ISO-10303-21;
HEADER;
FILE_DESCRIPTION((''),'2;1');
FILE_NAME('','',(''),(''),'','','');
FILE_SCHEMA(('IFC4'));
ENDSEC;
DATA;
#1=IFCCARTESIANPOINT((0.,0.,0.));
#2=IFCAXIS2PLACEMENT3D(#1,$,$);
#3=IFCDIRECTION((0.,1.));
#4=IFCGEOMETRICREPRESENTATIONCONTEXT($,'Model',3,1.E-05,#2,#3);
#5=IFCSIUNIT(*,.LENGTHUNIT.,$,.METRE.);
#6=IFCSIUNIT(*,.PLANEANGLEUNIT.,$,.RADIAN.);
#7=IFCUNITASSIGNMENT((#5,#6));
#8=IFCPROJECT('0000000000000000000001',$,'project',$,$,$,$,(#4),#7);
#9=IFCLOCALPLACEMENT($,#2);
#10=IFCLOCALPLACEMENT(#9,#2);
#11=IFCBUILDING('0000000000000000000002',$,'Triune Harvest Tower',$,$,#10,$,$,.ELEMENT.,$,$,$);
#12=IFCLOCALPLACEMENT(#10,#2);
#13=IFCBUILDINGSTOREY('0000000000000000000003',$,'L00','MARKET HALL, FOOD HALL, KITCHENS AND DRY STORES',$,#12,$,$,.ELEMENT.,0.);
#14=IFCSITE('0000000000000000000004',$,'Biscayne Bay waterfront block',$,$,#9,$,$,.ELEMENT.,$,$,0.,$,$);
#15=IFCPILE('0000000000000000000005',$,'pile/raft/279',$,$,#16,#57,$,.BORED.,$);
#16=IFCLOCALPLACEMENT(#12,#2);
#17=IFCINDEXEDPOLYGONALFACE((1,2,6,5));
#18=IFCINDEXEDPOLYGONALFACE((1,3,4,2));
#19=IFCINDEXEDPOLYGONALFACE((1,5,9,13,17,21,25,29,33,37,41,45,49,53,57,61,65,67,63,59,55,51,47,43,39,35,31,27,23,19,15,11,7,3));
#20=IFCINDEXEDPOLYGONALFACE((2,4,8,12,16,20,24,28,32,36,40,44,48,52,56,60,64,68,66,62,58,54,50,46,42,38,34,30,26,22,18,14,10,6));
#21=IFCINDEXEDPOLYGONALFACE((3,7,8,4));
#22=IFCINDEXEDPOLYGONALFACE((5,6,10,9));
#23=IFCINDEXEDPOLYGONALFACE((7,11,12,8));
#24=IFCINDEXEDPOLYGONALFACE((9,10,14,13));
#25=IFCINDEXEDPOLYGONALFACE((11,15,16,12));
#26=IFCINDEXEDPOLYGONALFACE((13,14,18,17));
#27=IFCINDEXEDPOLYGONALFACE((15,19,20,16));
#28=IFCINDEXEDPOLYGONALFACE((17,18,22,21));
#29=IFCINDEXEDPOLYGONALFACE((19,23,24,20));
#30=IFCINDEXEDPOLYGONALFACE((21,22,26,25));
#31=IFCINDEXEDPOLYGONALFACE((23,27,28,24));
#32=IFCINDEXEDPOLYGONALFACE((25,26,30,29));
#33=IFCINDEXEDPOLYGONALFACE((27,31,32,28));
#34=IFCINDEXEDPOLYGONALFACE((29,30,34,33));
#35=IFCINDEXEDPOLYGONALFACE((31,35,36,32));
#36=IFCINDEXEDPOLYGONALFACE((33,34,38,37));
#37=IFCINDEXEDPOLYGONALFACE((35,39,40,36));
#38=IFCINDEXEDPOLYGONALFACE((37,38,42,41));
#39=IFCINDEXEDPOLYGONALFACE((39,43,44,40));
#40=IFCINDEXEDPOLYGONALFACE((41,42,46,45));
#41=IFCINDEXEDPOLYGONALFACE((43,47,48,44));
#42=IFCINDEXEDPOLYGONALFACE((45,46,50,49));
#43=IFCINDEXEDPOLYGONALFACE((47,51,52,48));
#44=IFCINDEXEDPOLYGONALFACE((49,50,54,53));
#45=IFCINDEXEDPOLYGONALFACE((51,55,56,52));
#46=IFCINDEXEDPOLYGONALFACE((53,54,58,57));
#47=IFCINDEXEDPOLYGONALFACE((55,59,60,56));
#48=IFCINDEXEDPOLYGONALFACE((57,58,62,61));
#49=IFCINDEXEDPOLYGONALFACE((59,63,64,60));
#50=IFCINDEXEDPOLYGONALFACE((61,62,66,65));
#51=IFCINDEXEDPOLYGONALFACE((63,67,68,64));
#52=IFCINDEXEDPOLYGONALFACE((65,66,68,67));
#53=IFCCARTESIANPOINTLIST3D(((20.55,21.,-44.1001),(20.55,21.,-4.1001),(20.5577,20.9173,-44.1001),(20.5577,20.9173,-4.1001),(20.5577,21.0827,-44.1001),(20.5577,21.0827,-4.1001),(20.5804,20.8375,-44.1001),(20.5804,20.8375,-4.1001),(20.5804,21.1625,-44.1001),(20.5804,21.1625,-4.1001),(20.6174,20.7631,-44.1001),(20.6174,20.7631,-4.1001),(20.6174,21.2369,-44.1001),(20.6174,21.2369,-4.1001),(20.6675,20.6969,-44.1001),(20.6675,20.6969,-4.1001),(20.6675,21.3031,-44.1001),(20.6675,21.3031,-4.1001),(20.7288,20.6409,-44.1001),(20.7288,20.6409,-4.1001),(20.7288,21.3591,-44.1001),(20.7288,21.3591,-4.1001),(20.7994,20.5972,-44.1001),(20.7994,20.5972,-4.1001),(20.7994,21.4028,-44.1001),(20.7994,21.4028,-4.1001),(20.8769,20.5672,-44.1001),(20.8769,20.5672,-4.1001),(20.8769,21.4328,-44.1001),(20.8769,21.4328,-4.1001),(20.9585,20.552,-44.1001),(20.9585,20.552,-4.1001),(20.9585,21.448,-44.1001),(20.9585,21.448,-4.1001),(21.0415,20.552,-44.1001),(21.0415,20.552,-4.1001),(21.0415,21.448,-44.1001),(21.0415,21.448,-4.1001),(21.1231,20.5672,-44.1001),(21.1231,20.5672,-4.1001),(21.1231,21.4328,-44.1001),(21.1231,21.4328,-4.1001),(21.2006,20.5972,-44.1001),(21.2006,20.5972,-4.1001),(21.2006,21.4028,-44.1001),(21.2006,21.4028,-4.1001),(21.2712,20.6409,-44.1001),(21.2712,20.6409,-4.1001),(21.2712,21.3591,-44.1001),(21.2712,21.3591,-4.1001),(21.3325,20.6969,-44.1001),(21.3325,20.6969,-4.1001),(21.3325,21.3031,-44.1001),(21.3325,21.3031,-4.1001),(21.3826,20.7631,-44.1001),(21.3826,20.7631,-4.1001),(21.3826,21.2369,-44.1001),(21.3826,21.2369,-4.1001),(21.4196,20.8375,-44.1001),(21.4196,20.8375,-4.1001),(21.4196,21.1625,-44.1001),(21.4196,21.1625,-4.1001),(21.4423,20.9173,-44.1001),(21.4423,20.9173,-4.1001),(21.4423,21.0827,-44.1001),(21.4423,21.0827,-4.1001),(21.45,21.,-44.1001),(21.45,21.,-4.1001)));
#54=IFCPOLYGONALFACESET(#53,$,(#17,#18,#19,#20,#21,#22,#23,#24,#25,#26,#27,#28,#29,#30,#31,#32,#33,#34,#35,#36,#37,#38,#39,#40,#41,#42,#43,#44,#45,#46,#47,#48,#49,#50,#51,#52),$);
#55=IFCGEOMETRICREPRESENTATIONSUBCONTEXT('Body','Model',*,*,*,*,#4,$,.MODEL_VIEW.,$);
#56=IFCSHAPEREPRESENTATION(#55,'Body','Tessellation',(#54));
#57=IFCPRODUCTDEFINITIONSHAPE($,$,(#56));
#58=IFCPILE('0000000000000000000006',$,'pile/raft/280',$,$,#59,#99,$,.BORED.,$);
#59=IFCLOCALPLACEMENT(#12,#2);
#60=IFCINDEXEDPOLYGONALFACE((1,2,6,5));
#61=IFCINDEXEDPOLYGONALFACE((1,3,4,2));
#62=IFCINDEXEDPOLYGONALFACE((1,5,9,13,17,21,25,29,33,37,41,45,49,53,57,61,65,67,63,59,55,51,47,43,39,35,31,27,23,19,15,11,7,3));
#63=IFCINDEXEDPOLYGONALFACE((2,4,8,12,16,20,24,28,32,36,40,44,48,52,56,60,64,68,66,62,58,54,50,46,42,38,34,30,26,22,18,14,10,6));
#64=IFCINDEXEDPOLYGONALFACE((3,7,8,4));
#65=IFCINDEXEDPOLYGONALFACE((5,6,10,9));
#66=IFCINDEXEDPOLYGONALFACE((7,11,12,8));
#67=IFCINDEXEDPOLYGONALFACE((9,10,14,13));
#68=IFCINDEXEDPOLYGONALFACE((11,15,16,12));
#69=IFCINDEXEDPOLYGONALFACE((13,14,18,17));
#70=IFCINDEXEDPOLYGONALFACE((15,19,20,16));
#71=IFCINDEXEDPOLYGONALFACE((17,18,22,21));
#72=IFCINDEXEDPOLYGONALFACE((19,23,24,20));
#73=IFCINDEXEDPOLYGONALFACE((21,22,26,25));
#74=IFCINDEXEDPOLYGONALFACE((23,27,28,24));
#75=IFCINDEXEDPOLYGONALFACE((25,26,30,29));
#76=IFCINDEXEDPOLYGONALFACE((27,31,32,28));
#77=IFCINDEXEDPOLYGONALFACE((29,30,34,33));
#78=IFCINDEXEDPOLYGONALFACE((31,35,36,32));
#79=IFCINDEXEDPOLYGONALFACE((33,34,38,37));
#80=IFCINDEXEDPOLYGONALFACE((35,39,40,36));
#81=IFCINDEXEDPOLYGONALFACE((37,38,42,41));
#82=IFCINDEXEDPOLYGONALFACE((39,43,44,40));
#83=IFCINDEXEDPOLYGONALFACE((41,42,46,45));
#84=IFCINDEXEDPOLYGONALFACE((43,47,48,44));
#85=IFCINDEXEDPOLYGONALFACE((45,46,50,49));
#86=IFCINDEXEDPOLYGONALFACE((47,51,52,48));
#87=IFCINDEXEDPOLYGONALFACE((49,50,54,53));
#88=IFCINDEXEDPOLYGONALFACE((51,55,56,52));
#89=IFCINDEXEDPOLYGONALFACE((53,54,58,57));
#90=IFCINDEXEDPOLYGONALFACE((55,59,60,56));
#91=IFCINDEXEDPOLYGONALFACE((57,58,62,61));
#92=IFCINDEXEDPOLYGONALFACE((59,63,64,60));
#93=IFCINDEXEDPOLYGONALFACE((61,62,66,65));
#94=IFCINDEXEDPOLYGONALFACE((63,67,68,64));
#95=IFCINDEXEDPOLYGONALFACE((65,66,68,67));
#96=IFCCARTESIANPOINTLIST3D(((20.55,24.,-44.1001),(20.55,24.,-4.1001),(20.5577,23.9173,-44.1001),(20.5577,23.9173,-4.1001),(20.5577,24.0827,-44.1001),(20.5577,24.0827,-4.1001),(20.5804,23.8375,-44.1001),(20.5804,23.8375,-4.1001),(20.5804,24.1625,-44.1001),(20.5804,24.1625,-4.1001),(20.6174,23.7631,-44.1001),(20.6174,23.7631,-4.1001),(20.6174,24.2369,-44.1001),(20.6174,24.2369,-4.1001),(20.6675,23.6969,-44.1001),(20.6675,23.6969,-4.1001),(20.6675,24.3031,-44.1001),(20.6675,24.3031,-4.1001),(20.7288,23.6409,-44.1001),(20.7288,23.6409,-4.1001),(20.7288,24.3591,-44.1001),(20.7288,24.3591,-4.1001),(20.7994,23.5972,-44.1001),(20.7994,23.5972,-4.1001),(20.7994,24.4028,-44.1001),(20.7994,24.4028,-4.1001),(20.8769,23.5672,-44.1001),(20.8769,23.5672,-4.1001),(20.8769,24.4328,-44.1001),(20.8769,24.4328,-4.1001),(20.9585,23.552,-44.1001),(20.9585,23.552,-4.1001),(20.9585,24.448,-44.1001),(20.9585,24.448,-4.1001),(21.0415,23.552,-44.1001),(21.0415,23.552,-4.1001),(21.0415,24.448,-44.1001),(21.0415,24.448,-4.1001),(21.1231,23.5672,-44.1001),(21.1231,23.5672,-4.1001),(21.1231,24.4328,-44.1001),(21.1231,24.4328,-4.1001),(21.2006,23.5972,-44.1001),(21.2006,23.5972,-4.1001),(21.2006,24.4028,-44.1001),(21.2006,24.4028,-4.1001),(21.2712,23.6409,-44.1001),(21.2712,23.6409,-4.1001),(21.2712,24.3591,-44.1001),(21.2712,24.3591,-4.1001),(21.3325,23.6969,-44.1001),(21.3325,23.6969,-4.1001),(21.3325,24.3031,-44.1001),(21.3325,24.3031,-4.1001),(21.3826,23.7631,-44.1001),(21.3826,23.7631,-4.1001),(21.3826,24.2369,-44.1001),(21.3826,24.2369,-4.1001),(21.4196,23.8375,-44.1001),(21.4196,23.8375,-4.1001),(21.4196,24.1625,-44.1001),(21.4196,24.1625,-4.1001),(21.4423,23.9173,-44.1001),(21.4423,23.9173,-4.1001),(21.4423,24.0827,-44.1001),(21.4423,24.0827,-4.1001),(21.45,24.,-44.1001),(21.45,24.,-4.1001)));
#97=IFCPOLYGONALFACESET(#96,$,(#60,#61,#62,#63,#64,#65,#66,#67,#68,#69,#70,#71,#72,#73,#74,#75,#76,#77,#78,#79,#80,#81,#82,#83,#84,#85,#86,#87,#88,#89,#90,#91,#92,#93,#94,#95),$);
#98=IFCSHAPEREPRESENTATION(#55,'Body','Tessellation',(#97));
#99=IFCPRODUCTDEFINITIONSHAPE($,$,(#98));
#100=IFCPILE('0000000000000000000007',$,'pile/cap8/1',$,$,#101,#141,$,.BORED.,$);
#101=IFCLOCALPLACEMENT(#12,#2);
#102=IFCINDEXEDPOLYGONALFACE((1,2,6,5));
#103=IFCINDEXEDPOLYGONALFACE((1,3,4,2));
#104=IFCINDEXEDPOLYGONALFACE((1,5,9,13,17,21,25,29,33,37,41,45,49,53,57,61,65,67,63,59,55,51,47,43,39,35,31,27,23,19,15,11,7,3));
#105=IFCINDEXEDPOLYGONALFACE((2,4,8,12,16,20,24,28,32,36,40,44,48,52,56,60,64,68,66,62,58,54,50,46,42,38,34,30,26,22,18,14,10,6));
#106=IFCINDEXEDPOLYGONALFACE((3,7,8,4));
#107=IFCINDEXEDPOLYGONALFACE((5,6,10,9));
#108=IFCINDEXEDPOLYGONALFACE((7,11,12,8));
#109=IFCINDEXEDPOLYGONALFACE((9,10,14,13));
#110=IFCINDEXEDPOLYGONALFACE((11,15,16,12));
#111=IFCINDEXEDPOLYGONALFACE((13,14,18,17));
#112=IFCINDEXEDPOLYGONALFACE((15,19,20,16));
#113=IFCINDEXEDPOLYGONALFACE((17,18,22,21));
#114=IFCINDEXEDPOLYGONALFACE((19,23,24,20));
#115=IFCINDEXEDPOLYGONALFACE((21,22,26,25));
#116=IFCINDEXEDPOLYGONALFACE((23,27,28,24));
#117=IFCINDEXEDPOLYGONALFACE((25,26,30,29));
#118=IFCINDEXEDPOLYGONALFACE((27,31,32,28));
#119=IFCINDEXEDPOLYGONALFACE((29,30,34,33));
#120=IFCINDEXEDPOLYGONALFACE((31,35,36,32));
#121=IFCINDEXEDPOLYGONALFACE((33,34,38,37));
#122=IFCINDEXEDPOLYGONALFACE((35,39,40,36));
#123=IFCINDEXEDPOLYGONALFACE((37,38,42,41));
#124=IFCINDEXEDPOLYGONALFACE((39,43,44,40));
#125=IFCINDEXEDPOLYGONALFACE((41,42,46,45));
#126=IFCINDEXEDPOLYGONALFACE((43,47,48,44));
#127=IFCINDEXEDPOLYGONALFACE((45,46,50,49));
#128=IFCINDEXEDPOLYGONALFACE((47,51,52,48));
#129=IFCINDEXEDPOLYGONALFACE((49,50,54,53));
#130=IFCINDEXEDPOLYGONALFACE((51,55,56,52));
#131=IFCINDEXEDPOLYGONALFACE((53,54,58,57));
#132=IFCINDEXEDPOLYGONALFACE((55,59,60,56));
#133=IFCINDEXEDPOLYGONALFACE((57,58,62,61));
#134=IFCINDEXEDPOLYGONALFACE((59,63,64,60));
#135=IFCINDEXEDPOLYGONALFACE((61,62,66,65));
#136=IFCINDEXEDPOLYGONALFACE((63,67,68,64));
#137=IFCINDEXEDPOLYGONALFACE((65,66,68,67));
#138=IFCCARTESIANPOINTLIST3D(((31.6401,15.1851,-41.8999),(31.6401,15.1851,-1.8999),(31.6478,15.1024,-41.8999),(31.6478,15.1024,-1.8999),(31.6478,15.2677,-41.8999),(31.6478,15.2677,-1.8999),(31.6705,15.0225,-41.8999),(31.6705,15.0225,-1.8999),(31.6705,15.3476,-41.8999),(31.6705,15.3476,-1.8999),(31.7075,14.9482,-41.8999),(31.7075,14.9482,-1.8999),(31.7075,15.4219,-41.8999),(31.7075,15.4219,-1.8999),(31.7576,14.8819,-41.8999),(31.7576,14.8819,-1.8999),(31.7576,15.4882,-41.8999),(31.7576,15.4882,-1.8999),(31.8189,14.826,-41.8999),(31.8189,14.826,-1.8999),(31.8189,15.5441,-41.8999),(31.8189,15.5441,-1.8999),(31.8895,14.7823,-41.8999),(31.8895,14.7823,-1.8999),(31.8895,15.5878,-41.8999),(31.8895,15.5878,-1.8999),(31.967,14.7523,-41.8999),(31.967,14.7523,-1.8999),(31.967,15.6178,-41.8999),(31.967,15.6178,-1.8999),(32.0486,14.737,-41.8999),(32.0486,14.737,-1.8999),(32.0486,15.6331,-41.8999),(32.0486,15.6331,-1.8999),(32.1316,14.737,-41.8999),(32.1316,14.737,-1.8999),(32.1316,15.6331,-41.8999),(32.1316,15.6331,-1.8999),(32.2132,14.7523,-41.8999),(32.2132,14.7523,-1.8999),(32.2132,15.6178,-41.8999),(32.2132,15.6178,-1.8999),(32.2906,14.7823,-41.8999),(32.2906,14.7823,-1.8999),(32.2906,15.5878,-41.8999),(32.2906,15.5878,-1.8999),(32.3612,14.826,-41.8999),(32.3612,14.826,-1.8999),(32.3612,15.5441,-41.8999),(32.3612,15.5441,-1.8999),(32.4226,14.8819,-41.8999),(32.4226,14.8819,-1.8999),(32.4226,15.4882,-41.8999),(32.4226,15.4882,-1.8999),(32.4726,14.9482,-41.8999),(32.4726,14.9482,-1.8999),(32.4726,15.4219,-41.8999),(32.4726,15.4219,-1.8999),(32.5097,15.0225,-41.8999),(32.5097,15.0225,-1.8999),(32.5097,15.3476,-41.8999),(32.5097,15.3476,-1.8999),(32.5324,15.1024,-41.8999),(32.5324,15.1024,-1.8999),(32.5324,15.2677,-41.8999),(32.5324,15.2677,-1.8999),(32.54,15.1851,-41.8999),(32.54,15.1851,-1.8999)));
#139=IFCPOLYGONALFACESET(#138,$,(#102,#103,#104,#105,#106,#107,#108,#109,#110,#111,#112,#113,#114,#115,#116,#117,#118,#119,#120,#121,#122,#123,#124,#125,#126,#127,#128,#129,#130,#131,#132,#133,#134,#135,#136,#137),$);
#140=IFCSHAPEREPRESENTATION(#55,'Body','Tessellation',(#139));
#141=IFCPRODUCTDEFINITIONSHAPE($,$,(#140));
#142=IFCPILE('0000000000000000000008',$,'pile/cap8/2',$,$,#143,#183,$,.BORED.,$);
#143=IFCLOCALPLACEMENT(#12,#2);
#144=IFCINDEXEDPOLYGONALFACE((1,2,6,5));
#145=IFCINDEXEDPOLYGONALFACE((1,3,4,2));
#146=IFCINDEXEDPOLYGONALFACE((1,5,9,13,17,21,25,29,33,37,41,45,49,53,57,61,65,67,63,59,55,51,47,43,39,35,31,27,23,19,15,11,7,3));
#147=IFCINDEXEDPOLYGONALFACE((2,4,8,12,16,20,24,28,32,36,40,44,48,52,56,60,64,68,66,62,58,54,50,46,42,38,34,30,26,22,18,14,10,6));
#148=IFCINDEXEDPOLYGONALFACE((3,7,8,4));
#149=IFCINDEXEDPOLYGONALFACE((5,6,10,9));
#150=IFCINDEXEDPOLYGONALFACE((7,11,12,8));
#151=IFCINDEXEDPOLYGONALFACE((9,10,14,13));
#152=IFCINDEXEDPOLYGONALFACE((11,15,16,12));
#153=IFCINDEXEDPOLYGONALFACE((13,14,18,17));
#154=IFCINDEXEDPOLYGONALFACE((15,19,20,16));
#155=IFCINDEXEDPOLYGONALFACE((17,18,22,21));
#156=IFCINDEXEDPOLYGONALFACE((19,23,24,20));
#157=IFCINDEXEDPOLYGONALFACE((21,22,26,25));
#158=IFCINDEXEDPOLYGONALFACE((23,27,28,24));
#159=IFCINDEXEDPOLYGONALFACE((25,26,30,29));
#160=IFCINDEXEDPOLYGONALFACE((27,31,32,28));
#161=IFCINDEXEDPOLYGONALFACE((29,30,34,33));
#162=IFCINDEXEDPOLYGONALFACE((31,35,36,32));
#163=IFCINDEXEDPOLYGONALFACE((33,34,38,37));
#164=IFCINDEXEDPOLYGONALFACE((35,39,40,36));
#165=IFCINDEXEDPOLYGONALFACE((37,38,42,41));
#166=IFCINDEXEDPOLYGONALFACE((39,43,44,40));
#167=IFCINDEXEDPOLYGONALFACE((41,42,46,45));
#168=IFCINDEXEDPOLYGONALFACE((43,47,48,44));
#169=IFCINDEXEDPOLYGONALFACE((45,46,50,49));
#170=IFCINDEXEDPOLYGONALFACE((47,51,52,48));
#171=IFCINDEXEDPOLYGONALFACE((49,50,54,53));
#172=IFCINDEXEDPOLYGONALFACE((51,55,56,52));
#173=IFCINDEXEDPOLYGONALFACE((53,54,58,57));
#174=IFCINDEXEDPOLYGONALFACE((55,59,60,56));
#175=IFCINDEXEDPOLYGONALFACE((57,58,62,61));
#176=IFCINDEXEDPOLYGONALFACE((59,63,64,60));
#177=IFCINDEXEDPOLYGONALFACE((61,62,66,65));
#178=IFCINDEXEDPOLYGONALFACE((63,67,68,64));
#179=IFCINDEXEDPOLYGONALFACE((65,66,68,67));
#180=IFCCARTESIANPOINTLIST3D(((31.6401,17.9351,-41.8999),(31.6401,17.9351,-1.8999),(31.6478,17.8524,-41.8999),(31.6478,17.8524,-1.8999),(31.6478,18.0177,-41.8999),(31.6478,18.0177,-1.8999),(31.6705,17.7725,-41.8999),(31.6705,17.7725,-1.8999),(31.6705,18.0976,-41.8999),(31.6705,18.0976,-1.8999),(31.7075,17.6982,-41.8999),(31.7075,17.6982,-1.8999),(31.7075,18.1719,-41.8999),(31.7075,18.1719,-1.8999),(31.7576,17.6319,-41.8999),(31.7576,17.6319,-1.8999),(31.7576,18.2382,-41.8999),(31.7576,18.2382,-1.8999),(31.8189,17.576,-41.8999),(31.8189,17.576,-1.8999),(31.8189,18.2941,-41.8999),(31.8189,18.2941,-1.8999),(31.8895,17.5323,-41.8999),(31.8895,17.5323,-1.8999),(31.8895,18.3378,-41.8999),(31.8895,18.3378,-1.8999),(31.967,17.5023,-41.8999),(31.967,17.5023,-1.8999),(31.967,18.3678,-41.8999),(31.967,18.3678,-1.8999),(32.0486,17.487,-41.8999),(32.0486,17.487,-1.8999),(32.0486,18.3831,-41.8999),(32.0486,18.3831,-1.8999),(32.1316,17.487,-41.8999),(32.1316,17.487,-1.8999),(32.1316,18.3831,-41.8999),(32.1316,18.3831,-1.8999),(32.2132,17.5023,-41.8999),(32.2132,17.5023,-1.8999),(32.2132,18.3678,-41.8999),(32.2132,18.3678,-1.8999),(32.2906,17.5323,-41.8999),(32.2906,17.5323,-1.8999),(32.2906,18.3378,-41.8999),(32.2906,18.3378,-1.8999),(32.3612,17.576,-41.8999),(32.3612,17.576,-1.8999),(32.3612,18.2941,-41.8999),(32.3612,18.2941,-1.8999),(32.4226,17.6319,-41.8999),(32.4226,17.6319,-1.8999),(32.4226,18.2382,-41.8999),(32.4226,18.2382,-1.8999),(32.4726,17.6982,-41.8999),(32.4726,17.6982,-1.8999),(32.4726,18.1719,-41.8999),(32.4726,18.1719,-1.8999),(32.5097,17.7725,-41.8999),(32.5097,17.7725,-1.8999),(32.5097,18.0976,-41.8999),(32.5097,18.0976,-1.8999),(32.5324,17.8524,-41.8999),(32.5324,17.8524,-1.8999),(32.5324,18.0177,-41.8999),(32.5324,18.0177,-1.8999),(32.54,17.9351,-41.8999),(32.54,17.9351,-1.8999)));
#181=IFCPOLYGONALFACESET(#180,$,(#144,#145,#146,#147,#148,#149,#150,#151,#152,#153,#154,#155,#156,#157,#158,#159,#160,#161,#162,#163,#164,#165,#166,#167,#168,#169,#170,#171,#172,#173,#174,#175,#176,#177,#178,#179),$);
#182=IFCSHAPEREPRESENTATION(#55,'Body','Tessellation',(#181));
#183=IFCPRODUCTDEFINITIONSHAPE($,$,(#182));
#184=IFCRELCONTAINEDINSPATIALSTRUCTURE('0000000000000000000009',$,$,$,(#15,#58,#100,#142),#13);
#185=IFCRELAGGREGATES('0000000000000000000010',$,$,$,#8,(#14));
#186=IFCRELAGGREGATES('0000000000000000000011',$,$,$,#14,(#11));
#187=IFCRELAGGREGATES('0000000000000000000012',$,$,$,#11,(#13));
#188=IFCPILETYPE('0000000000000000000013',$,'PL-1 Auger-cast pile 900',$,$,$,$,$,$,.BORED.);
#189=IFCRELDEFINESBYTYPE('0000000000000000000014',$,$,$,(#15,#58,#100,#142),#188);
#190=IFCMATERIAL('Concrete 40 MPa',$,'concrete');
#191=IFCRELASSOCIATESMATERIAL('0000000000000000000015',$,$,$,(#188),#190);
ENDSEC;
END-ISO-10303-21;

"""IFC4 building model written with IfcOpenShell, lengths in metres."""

from ifc_helpers import new_model, si_unit, direction, frame, origin, origin_2d, place, context, subcontext, project, spatial, circle, extrude, source, transform, mapped, material, material_profile, profile_set, type_object, element, save


model = new_model("IFC4")

# Units and contexts
model_context = context("Model", 3, precision=1e-05, world=origin(), true_north=direction((0.0, 1.0)))
body_context = subcontext(model_context, "Body", "Model", "MODEL_VIEW")
ifc_project = project(units=[si_unit("LENGTHUNIT", "METRE"), si_unit("PLANEANGLEUNIT", "RADIAN")], contexts=[model_context])

# Site, building, storey
site_placement = place(None, origin())
site = spatial("IfcSite", under=ifc_project, at=site_placement, Name="Biscayne Bay waterfront block", CompositionType="ELEMENT", RefElevation=0.0)
building_placement = place(site_placement, origin())
building = spatial("IfcBuilding", under=site, at=building_placement, Name="Triune Harvest Tower", CompositionType="ELEMENT")
storey_placement = place(building_placement, origin())
storey = spatial("IfcBuildingStorey", under=building, at=storey_placement, Name="L00", Description="MARKET HALL, FOOD HALL, KITCHENS AND DRY STORES", CompositionType="ELEMENT", Elevation=0.0)

# Piles
ifc_material_1 = material(Name="Concrete 40 MPa", Category="concrete")
ifc_material_profile_1 = material_profile(ifc_material_1, circle(Radius=0.45, at=origin_2d()), Name="Bored 900")
ifc_profile_set_1 = profile_set([ifc_material_profile_1], Name="Concrete 40 MPa")
pile_type = type_object("IfcPileType", Name="PL-1 Auger-cast pile 900", PredefinedType="BORED", material=ifc_profile_set_1)
shared_shape_1 = source(origin(), body_context, "Body", "SweptSolid", [
    extrude(circle(Radius=0.45, at=origin_2d()), origin(), (0.0, 0.0, 1.0), 40.0),
])
for number, where, z_axis, x_axis, name in (
    (1, (21.0, 21.0, -4.1001), (0.0, 0.0, -1.0), (1.0, 0.0, 0.0), "pile/raft/279"),
    (2, (21.0, 24.0, -4.1001), (0.0, 0.0, -1.0), (1.0, 0.0, 0.0), "pile/raft/280"),
    (3, (32.0901, 15.1851, -1.8999), (0.0, 0.0, -1.0), (1.0, 0.0, 0.0), "pile/cap8/1"),
    (4, (32.0901, 17.9351, -1.8999), (0.0, 0.0, -1.0), (1.0, 0.0, 0.0), "pile/cap8/2"),
):
    element("IfcPile", number, at=place(storey_placement, frame(where, z_axis=z_axis, x_axis=x_axis)), inside=storey, type_object=pile_type, Name=name, PredefinedType="BORED", context=body_context, shape_type="MappedRepresentation", body=[
        mapped(shared_shape_1, transform((0.0, 0.0, 0.0), scale=1.0)),
    ])

save(model, "model.ifc")
